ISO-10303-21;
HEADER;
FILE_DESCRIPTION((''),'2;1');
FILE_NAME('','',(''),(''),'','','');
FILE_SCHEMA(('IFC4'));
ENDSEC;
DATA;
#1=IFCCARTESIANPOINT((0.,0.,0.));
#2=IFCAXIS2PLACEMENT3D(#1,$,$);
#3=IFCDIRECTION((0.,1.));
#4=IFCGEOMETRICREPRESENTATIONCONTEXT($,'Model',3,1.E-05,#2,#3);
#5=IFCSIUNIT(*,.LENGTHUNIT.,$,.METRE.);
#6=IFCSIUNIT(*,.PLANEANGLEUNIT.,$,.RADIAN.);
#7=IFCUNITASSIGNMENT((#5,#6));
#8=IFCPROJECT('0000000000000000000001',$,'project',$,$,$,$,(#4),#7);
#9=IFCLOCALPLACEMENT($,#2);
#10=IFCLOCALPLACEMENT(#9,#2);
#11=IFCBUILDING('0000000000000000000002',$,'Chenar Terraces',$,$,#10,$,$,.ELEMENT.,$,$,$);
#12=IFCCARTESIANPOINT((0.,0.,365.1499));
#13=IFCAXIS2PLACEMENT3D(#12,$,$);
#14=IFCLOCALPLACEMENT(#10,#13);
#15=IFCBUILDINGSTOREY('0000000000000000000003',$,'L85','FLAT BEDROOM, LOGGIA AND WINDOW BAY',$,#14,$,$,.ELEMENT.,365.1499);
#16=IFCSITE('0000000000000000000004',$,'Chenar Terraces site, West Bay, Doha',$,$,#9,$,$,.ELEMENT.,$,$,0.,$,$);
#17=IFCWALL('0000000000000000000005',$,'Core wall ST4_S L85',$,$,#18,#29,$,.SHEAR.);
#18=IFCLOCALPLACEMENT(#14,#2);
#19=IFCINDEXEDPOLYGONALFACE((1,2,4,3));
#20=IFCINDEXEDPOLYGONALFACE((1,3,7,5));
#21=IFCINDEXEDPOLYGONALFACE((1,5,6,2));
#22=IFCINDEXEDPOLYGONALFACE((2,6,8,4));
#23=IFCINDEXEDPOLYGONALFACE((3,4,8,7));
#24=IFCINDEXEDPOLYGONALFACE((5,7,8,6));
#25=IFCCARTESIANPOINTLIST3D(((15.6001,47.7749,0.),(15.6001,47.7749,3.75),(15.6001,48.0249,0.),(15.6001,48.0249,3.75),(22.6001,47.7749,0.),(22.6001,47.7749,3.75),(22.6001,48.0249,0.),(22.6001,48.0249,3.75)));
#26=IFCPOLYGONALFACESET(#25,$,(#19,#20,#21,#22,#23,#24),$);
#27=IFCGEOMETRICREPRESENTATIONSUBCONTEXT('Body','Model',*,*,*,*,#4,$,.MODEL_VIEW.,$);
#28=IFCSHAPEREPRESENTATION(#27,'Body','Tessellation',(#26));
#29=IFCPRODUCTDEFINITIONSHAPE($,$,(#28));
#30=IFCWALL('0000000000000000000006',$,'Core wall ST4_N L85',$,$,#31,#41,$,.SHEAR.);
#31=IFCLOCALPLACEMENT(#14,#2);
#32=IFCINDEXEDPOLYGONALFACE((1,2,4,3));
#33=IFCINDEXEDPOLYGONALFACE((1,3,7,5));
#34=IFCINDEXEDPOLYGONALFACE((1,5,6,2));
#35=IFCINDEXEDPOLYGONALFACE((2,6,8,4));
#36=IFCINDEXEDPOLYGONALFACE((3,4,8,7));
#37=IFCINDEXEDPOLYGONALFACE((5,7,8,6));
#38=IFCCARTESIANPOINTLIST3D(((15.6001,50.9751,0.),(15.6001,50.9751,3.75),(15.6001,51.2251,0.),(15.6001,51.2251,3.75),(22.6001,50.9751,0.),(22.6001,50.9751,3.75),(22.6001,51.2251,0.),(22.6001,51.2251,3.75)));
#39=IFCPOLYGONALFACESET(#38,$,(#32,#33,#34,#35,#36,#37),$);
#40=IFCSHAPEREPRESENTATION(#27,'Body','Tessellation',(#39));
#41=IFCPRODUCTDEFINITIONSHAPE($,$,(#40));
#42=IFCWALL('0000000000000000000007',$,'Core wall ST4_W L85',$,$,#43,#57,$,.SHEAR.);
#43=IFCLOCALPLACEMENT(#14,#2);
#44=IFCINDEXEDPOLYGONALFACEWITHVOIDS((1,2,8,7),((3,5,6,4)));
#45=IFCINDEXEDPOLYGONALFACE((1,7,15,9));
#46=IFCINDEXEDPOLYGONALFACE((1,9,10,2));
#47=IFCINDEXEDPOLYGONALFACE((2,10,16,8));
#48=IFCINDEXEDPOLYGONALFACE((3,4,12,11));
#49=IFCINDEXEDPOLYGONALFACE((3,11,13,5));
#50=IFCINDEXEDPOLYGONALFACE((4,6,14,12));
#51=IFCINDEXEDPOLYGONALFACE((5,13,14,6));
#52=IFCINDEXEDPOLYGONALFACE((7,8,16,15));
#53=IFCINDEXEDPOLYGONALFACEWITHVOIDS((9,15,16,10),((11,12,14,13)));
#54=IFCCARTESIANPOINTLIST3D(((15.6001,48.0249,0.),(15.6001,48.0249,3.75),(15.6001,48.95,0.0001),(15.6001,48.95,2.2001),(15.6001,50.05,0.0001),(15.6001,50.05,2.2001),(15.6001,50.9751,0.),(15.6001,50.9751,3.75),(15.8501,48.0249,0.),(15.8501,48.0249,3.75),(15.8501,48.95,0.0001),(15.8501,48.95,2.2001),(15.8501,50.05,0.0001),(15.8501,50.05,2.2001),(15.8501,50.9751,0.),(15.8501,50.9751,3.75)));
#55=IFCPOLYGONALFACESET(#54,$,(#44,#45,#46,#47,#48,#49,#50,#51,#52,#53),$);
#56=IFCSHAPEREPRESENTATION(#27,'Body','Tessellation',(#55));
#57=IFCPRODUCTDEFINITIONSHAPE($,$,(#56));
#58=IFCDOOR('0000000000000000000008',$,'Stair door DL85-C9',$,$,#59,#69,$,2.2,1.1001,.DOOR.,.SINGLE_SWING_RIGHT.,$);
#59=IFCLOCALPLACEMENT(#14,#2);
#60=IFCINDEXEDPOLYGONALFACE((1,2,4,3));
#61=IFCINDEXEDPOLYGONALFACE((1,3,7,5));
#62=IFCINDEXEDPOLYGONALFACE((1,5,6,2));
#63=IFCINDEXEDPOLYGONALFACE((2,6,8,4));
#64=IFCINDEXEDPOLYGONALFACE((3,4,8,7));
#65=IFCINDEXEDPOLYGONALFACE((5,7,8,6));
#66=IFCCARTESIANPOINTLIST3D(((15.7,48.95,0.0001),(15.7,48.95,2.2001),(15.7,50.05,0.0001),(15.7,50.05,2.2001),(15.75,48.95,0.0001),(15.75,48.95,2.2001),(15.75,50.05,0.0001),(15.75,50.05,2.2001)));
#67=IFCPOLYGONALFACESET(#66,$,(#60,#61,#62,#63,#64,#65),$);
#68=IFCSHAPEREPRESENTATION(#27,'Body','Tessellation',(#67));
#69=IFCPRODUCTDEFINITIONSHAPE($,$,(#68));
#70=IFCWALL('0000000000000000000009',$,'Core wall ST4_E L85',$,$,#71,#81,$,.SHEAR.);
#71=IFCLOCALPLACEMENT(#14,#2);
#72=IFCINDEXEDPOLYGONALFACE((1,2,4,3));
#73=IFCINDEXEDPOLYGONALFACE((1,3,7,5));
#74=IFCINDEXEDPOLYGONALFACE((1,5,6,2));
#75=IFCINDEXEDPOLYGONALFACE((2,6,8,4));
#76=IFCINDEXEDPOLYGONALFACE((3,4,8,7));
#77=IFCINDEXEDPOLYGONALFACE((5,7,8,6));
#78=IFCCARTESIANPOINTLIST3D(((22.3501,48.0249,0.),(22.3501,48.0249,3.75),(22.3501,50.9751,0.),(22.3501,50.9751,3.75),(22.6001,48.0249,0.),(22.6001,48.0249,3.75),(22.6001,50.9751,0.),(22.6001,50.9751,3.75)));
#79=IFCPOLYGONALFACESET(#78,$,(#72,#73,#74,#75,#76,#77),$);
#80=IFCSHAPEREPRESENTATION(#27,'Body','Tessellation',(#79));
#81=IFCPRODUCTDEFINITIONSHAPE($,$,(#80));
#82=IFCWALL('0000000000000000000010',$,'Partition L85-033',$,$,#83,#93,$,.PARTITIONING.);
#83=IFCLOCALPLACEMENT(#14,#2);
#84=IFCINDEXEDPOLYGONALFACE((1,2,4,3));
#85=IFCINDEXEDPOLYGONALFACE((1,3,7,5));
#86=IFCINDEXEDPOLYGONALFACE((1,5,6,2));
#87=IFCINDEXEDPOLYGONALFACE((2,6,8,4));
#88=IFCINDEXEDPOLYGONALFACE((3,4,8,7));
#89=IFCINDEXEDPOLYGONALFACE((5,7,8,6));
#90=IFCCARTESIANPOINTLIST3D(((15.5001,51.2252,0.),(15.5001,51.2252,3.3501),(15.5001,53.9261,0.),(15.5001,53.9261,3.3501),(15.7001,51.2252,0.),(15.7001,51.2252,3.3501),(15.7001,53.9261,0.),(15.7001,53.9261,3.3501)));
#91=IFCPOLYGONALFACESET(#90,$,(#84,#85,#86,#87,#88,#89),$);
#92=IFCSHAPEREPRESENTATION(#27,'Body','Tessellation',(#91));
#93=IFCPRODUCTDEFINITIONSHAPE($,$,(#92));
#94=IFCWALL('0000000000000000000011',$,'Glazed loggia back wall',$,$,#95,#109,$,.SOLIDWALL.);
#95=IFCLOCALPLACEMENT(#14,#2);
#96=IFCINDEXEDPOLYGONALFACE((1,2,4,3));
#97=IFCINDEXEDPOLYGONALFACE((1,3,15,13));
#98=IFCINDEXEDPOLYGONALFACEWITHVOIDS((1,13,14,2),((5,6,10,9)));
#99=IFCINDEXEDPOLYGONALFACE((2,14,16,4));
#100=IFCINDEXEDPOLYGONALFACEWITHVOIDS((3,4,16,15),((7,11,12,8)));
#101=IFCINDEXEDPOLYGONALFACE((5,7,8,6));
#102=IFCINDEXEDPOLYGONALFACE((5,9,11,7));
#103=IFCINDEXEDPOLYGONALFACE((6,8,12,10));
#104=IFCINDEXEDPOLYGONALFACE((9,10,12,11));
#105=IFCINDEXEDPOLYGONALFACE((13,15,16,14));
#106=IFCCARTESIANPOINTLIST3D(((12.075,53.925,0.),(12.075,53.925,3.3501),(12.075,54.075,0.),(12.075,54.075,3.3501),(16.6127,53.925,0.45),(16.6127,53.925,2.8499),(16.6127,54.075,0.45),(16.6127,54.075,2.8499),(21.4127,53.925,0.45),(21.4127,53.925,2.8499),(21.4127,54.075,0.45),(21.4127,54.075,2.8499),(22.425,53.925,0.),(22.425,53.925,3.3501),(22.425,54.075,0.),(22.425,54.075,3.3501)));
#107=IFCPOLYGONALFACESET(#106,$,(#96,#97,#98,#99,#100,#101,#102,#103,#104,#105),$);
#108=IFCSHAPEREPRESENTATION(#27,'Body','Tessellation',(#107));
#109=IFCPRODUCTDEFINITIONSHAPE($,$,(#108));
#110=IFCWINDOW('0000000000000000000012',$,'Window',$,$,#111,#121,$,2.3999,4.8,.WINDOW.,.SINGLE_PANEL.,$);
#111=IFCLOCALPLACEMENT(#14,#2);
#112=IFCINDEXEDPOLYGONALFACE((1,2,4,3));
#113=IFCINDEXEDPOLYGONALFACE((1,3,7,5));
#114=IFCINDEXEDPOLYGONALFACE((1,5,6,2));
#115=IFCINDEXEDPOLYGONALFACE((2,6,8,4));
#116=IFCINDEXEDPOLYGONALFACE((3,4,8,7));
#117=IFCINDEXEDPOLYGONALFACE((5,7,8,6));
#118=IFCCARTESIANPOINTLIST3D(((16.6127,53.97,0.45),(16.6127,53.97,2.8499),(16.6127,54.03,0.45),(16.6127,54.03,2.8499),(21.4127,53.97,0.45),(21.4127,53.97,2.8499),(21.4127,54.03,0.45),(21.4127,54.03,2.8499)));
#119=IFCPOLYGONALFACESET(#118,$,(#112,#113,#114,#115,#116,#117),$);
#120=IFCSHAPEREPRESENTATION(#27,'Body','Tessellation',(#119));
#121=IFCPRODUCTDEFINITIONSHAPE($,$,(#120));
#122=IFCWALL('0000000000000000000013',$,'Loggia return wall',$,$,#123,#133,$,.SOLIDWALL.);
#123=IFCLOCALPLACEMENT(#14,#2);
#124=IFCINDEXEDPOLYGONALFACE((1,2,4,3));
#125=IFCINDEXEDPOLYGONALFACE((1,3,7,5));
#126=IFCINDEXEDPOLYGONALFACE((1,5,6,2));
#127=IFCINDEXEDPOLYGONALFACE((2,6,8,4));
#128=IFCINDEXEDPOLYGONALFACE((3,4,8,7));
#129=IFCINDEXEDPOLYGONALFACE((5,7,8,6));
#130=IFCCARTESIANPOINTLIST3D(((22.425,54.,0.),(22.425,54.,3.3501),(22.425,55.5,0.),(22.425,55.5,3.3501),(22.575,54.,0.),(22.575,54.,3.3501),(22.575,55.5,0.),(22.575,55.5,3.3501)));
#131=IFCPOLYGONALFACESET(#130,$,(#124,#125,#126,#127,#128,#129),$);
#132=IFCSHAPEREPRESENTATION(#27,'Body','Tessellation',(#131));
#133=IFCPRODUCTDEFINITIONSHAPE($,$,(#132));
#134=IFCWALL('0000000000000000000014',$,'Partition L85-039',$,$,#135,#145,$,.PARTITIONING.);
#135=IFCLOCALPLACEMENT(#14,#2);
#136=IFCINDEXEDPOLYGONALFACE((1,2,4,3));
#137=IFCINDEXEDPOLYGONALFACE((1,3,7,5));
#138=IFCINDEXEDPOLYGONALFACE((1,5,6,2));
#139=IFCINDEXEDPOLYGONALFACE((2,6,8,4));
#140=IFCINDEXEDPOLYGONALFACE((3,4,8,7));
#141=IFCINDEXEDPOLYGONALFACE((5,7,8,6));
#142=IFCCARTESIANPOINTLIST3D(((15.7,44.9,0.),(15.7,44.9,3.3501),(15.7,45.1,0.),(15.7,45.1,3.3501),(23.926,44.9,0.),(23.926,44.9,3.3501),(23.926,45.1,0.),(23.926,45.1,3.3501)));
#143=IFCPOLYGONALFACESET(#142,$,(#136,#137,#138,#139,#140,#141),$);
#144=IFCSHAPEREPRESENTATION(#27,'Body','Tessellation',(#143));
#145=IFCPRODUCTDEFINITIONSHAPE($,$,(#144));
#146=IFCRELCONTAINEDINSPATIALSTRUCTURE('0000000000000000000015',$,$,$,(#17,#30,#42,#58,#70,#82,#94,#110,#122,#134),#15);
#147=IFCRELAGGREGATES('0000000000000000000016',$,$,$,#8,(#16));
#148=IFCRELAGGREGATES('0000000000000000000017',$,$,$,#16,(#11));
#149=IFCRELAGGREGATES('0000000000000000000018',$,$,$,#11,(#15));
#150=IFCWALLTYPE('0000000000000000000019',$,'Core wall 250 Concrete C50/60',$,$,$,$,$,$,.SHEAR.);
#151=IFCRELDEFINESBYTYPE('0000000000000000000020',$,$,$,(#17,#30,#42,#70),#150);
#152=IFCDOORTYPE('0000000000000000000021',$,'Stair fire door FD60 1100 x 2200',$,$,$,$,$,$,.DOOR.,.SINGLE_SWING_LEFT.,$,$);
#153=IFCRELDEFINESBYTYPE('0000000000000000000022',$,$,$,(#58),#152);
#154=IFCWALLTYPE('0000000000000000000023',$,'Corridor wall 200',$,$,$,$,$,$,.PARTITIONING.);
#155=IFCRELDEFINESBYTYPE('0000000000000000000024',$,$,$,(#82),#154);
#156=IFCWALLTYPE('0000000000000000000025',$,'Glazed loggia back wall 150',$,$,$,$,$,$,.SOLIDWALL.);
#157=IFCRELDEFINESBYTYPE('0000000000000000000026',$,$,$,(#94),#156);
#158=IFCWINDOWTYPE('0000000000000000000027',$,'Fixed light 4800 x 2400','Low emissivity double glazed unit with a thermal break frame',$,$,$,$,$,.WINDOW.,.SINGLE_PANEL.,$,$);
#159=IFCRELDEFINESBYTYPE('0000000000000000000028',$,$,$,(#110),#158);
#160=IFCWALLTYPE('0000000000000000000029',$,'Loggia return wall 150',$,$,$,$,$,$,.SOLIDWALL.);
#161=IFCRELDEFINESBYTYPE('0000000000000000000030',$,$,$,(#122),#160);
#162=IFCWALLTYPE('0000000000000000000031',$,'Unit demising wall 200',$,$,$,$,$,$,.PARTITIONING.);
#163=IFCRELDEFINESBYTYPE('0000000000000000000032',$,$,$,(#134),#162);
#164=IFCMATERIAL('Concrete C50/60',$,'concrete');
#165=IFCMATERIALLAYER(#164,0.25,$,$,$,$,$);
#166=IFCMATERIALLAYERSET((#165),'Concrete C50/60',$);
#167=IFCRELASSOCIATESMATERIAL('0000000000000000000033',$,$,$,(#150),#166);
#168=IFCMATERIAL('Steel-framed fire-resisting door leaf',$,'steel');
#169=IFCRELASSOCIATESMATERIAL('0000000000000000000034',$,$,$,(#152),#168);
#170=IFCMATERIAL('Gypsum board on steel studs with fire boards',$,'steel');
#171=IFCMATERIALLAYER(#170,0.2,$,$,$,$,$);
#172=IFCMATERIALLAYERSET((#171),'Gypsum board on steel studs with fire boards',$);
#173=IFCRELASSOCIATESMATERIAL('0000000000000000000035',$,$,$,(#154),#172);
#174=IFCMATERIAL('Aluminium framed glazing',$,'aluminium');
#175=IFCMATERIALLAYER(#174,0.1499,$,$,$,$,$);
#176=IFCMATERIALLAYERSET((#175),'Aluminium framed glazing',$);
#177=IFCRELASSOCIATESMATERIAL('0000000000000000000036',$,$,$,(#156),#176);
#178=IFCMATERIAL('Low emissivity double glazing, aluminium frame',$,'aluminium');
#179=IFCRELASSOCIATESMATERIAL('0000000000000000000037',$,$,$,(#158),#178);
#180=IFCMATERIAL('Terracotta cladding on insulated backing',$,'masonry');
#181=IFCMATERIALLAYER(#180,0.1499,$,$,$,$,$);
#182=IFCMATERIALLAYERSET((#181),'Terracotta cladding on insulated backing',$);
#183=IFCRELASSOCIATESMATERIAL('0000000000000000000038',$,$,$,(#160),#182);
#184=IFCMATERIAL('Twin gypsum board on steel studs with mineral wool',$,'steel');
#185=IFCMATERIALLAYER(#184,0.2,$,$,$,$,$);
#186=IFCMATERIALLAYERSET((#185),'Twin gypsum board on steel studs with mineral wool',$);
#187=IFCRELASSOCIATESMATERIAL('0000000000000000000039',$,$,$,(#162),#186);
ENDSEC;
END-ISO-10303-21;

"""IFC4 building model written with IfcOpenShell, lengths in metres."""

from ifc_helpers import new_model, si_unit, direction, frame, frame_2d, origin, place, context, subcontext, project, spatial, rectangle, extrude, material, layer, layer_set, type_object, element, fill, save


model = new_model("IFC4")

# Units and contexts
model_context = context("Model", 3, precision=1e-05, world=origin(), true_north=direction((0.0, 1.0)))
body_context = subcontext(model_context, "Body", "Model", "MODEL_VIEW")
ifc_project = project(units=[si_unit("LENGTHUNIT", "METRE"), si_unit("PLANEANGLEUNIT", "RADIAN")], contexts=[model_context])

# Site, building, storey
site_placement = place(None, origin())
site = spatial("IfcSite", under=ifc_project, at=site_placement, Name="Chenar Terraces site, West Bay, Doha", CompositionType="ELEMENT", RefElevation=0.0)
building_placement = place(site_placement, origin())
building = spatial("IfcBuilding", under=site, at=building_placement, Name="Chenar Terraces", CompositionType="ELEMENT")
storey_placement = place(building_placement, frame((0.0, 0.0, 365.1499)))
storey = spatial("IfcBuildingStorey", under=building, at=storey_placement, Name="L85", Description="FLAT BEDROOM, LOGGIA AND WINDOW BAY", CompositionType="ELEMENT", Elevation=365.1499)

# Walls
ifc_material_1 = material(Name="Concrete C50/60", Category="concrete")
ifc_layer_1 = layer(ifc_material_1, 0.25)
ifc_layer_set_1 = layer_set([ifc_layer_1], Name="Concrete C50/60")
wall_type_1 = type_object("IfcWallType", Name="Core wall 250 Concrete C50/60", PredefinedType="SHEAR", material=ifc_layer_set_1)
for number, where, z_axis, x_axis, name in (
    (1, (15.6001, 47.8999, 0.0), (0.0, 0.0, 1.0), (1.0, 0.0, 0.0), "Core wall ST4_S L85"),
    (2, (15.6001, 51.1001, 0.0), (0.0, 0.0, 1.0), (1.0, 0.0, 0.0), "Core wall ST4_N L85"),
):
    element("IfcWall", number, at=place(storey_placement, frame(where, z_axis=z_axis, x_axis=x_axis)), inside=storey, type_object=wall_type_1, Name=name, PredefinedType="SHEAR", context=body_context, shape_type="SweptSolid", body=[
        extrude(rectangle(XDim=7.0, YDim=0.25, at=frame_2d((3.5, 0.0))), origin(), (0.0, 0.0, 1.0), 3.75),
    ])

# Wall, opening, door
wall_1_placement = place(storey_placement, frame((15.7251, 48.0249, 0.0), z_axis=(0.0, 0.0, 1.0), x_axis=(0.0, 1.0, 0.0)))
wall_1 = element("IfcWall", 3, at=wall_1_placement, inside=storey, type_object=wall_type_1, Name="Core wall ST4_W L85", PredefinedType="SHEAR", context=body_context, shape_type="SweptSolid", body=[
    extrude(rectangle(XDim=2.9502, YDim=0.25, at=frame_2d((1.4751, 0.0))), origin(), (0.0, 0.0, 1.0), 3.75),
])
opening_1_placement = place(wall_1_placement, frame((0.925, 0.0, 0.0)))
opening_1 = element("IfcOpeningElement", 4, at=opening_1_placement, cuts=wall_1, PredefinedType="OPENING", context=body_context, shape_type="SweptSolid", body=[
    extrude(rectangle(XDim=1.1001, YDim=2.2, at=frame_2d((0.55, 1.1001))), frame((0.0, 0.135, 0.0), z_axis=(0.0, -1.0, 0.0), x_axis=(1.0, 0.0, 0.0)), (0.0, 0.0, 1.0), 0.27),
])
ifc_material_2 = material(Name="Steel-framed fire-resisting door leaf", Category="steel")
door_type = type_object("IfcDoorType", Name="Stair fire door FD60 1100 x 2200", OperationType="SINGLE_SWING_LEFT", PredefinedType="DOOR", material=ifc_material_2)
door_placement = place(opening_1_placement, frame((1.1001, 0.0, 0.0), z_axis=(0.0, 0.0, 1.0), x_axis=(-1.0, 0.0, 0.0)))
door = element("IfcDoor", 5, at=door_placement, inside=storey, type_object=door_type, Name="Stair door DL85-C9", OperationType="SINGLE_SWING_RIGHT", OverallHeight=2.2, OverallWidth=1.1001, PredefinedType="DOOR", context=body_context, shape_type="SweptSolid", body=[
    extrude(rectangle(XDim=1.1001, YDim=2.2, at=frame_2d((0.55, 1.1001))), frame((0.0, 0.0249, 0.0), z_axis=(0.0, -1.0, 0.0), x_axis=(1.0, 0.0, 0.0)), (0.0, 0.0, 1.0), 0.05),
])
fill(opening_1, door)

# Walls
wall_2_placement = place(storey_placement, frame((22.4751, 48.0249, 0.0), z_axis=(0.0, 0.0, 1.0), x_axis=(0.0, 1.0, 0.0)))
element("IfcWall", 6, at=wall_2_placement, inside=storey, type_object=wall_type_1, Name="Core wall ST4_E L85", PredefinedType="SHEAR", context=body_context, shape_type="SweptSolid", body=[
    extrude(rectangle(XDim=2.9502, YDim=0.25, at=frame_2d((1.4751, 0.0))), origin(), (0.0, 0.0, 1.0), 3.75),
])
ifc_material_3 = material(Name="Gypsum board on steel studs with fire boards", Category="steel")
ifc_layer_2 = layer(ifc_material_3, 0.2)
ifc_layer_set_2 = layer_set([ifc_layer_2], Name="Gypsum board on steel studs with fire boards")
wall_type_2 = type_object("IfcWallType", Name="Corridor wall 200", PredefinedType="PARTITIONING", material=ifc_layer_set_2)
wall_3_placement = place(storey_placement, frame((15.6001, 51.2251, 0.0), z_axis=(0.0, 0.0, 1.0), x_axis=(0.0, 1.0, 0.0)))
element("IfcWall", 7, at=wall_3_placement, inside=storey, type_object=wall_type_2, Name="Partition L85-033", PredefinedType="PARTITIONING", context=body_context, shape_type="SweptSolid", body=[
    extrude(rectangle(XDim=2.7009, YDim=0.2, at=frame_2d((1.3506, 0.0))), origin(), (0.0, 0.0, 1.0), 3.3501),
])

# Wall, opening, window
ifc_material_4 = material(Name="Aluminium framed glazing", Category="aluminium")
ifc_layer_3 = layer(ifc_material_4, 0.1499)
ifc_layer_set_3 = layer_set([ifc_layer_3], Name="Aluminium framed glazing")
wall_type_3 = type_object("IfcWallType", Name="Glazed loggia back wall 150", PredefinedType="SOLIDWALL", material=ifc_layer_set_3)
wall_4_placement = place(storey_placement, frame((22.425, 54.0, 0.0), z_axis=(0.0, 0.0, 1.0), x_axis=(-1.0, 0.0, 0.0)))
wall_4 = element("IfcWall", 8, at=wall_4_placement, inside=storey, type_object=wall_type_3, Name="Glazed loggia back wall", PredefinedType="SOLIDWALL", context=body_context, shape_type="SweptSolid", body=[
    extrude(rectangle(XDim=10.3501, YDim=0.1499, at=frame_2d((5.175, 0.0))), origin(), (0.0, 0.0, 1.0), 3.3501),
])
opening_2_placement = place(wall_4_placement, frame((1.0125, 0.0, 0.45)))
opening_2 = element("IfcOpeningElement", 9, at=opening_2_placement, cuts=wall_4, PredefinedType="OPENING", context=body_context, shape_type="SweptSolid", body=[
    extrude(rectangle(XDim=4.8, YDim=2.3999, at=frame_2d((2.3999, 1.2))), frame((0.0, 0.085, 0.0), z_axis=(0.0, -1.0, 0.0), x_axis=(1.0, 0.0, 0.0)), (0.0, 0.0, 1.0), 0.1699),
])
ifc_material_5 = material(Name="Low emissivity double glazing, aluminium frame", Category="aluminium")
window_type = type_object("IfcWindowType", Name="Fixed light 4800 x 2400", Description="Low emissivity double glazed unit with a thermal break frame", PartitioningType="SINGLE_PANEL", PredefinedType="WINDOW", material=ifc_material_5)
window_placement = place(opening_2_placement, origin())
window = element("IfcWindow", 10, at=window_placement, inside=storey, type_object=window_type, Name="Window", OverallHeight=2.3999, OverallWidth=4.8, PartitioningType="SINGLE_PANEL", PredefinedType="WINDOW", context=body_context, shape_type="SweptSolid", body=[
    extrude(rectangle(XDim=4.8, YDim=2.3999, at=frame_2d((2.3999, 1.2))), frame((0.0, 0.03, 0.0), z_axis=(0.0, -1.0, 0.0), x_axis=(1.0, 0.0, 0.0)), (0.0, 0.0, 1.0), 0.0601),
])
fill(opening_2, window)

# Walls
ifc_material_6 = material(Name="Terracotta cladding on insulated backing", Category="masonry")
ifc_layer_4 = layer(ifc_material_6, 0.1499)
ifc_layer_set_4 = layer_set([ifc_layer_4], Name="Terracotta cladding on insulated backing")
wall_type_4 = type_object("IfcWallType", Name="Loggia return wall 150", PredefinedType="SOLIDWALL", material=ifc_layer_set_4)
wall_5_placement = place(storey_placement, frame((22.5, 55.5, 0.0), z_axis=(0.0, 0.0, 1.0), x_axis=(0.0, -1.0, 0.0)))
element("IfcWall", 11, at=wall_5_placement, inside=storey, type_object=wall_type_4, Name="Loggia return wall", PredefinedType="SOLIDWALL", context=body_context, shape_type="SweptSolid", body=[
    extrude(rectangle(XDim=1.5, YDim=0.1499, at=frame_2d((0.75, 0.0))), origin(), (0.0, 0.0, 1.0), 3.3501),
])
ifc_material_7 = material(Name="Twin gypsum board on steel studs with mineral wool", Category="steel")
ifc_layer_5 = layer(ifc_material_7, 0.2)
ifc_layer_set_5 = layer_set([ifc_layer_5], Name="Twin gypsum board on steel studs with mineral wool")
wall_type_5 = type_object("IfcWallType", Name="Unit demising wall 200", PredefinedType="PARTITIONING", material=ifc_layer_set_5)
wall_6_placement = place(storey_placement, frame((15.7, 45.0, 0.0), z_axis=(0.0, 0.0, 1.0), x_axis=(1.0, 0.0, 0.0)))
element("IfcWall", 12, at=wall_6_placement, inside=storey, type_object=wall_type_5, Name="Partition L85-039", PredefinedType="PARTITIONING", context=body_context, shape_type="SweptSolid", body=[
    extrude(rectangle(XDim=8.2261, YDim=0.2, at=frame_2d((4.113, 0.0))), origin(), (0.0, 0.0, 1.0), 3.3501),
])

save(model, "model.ifc")
